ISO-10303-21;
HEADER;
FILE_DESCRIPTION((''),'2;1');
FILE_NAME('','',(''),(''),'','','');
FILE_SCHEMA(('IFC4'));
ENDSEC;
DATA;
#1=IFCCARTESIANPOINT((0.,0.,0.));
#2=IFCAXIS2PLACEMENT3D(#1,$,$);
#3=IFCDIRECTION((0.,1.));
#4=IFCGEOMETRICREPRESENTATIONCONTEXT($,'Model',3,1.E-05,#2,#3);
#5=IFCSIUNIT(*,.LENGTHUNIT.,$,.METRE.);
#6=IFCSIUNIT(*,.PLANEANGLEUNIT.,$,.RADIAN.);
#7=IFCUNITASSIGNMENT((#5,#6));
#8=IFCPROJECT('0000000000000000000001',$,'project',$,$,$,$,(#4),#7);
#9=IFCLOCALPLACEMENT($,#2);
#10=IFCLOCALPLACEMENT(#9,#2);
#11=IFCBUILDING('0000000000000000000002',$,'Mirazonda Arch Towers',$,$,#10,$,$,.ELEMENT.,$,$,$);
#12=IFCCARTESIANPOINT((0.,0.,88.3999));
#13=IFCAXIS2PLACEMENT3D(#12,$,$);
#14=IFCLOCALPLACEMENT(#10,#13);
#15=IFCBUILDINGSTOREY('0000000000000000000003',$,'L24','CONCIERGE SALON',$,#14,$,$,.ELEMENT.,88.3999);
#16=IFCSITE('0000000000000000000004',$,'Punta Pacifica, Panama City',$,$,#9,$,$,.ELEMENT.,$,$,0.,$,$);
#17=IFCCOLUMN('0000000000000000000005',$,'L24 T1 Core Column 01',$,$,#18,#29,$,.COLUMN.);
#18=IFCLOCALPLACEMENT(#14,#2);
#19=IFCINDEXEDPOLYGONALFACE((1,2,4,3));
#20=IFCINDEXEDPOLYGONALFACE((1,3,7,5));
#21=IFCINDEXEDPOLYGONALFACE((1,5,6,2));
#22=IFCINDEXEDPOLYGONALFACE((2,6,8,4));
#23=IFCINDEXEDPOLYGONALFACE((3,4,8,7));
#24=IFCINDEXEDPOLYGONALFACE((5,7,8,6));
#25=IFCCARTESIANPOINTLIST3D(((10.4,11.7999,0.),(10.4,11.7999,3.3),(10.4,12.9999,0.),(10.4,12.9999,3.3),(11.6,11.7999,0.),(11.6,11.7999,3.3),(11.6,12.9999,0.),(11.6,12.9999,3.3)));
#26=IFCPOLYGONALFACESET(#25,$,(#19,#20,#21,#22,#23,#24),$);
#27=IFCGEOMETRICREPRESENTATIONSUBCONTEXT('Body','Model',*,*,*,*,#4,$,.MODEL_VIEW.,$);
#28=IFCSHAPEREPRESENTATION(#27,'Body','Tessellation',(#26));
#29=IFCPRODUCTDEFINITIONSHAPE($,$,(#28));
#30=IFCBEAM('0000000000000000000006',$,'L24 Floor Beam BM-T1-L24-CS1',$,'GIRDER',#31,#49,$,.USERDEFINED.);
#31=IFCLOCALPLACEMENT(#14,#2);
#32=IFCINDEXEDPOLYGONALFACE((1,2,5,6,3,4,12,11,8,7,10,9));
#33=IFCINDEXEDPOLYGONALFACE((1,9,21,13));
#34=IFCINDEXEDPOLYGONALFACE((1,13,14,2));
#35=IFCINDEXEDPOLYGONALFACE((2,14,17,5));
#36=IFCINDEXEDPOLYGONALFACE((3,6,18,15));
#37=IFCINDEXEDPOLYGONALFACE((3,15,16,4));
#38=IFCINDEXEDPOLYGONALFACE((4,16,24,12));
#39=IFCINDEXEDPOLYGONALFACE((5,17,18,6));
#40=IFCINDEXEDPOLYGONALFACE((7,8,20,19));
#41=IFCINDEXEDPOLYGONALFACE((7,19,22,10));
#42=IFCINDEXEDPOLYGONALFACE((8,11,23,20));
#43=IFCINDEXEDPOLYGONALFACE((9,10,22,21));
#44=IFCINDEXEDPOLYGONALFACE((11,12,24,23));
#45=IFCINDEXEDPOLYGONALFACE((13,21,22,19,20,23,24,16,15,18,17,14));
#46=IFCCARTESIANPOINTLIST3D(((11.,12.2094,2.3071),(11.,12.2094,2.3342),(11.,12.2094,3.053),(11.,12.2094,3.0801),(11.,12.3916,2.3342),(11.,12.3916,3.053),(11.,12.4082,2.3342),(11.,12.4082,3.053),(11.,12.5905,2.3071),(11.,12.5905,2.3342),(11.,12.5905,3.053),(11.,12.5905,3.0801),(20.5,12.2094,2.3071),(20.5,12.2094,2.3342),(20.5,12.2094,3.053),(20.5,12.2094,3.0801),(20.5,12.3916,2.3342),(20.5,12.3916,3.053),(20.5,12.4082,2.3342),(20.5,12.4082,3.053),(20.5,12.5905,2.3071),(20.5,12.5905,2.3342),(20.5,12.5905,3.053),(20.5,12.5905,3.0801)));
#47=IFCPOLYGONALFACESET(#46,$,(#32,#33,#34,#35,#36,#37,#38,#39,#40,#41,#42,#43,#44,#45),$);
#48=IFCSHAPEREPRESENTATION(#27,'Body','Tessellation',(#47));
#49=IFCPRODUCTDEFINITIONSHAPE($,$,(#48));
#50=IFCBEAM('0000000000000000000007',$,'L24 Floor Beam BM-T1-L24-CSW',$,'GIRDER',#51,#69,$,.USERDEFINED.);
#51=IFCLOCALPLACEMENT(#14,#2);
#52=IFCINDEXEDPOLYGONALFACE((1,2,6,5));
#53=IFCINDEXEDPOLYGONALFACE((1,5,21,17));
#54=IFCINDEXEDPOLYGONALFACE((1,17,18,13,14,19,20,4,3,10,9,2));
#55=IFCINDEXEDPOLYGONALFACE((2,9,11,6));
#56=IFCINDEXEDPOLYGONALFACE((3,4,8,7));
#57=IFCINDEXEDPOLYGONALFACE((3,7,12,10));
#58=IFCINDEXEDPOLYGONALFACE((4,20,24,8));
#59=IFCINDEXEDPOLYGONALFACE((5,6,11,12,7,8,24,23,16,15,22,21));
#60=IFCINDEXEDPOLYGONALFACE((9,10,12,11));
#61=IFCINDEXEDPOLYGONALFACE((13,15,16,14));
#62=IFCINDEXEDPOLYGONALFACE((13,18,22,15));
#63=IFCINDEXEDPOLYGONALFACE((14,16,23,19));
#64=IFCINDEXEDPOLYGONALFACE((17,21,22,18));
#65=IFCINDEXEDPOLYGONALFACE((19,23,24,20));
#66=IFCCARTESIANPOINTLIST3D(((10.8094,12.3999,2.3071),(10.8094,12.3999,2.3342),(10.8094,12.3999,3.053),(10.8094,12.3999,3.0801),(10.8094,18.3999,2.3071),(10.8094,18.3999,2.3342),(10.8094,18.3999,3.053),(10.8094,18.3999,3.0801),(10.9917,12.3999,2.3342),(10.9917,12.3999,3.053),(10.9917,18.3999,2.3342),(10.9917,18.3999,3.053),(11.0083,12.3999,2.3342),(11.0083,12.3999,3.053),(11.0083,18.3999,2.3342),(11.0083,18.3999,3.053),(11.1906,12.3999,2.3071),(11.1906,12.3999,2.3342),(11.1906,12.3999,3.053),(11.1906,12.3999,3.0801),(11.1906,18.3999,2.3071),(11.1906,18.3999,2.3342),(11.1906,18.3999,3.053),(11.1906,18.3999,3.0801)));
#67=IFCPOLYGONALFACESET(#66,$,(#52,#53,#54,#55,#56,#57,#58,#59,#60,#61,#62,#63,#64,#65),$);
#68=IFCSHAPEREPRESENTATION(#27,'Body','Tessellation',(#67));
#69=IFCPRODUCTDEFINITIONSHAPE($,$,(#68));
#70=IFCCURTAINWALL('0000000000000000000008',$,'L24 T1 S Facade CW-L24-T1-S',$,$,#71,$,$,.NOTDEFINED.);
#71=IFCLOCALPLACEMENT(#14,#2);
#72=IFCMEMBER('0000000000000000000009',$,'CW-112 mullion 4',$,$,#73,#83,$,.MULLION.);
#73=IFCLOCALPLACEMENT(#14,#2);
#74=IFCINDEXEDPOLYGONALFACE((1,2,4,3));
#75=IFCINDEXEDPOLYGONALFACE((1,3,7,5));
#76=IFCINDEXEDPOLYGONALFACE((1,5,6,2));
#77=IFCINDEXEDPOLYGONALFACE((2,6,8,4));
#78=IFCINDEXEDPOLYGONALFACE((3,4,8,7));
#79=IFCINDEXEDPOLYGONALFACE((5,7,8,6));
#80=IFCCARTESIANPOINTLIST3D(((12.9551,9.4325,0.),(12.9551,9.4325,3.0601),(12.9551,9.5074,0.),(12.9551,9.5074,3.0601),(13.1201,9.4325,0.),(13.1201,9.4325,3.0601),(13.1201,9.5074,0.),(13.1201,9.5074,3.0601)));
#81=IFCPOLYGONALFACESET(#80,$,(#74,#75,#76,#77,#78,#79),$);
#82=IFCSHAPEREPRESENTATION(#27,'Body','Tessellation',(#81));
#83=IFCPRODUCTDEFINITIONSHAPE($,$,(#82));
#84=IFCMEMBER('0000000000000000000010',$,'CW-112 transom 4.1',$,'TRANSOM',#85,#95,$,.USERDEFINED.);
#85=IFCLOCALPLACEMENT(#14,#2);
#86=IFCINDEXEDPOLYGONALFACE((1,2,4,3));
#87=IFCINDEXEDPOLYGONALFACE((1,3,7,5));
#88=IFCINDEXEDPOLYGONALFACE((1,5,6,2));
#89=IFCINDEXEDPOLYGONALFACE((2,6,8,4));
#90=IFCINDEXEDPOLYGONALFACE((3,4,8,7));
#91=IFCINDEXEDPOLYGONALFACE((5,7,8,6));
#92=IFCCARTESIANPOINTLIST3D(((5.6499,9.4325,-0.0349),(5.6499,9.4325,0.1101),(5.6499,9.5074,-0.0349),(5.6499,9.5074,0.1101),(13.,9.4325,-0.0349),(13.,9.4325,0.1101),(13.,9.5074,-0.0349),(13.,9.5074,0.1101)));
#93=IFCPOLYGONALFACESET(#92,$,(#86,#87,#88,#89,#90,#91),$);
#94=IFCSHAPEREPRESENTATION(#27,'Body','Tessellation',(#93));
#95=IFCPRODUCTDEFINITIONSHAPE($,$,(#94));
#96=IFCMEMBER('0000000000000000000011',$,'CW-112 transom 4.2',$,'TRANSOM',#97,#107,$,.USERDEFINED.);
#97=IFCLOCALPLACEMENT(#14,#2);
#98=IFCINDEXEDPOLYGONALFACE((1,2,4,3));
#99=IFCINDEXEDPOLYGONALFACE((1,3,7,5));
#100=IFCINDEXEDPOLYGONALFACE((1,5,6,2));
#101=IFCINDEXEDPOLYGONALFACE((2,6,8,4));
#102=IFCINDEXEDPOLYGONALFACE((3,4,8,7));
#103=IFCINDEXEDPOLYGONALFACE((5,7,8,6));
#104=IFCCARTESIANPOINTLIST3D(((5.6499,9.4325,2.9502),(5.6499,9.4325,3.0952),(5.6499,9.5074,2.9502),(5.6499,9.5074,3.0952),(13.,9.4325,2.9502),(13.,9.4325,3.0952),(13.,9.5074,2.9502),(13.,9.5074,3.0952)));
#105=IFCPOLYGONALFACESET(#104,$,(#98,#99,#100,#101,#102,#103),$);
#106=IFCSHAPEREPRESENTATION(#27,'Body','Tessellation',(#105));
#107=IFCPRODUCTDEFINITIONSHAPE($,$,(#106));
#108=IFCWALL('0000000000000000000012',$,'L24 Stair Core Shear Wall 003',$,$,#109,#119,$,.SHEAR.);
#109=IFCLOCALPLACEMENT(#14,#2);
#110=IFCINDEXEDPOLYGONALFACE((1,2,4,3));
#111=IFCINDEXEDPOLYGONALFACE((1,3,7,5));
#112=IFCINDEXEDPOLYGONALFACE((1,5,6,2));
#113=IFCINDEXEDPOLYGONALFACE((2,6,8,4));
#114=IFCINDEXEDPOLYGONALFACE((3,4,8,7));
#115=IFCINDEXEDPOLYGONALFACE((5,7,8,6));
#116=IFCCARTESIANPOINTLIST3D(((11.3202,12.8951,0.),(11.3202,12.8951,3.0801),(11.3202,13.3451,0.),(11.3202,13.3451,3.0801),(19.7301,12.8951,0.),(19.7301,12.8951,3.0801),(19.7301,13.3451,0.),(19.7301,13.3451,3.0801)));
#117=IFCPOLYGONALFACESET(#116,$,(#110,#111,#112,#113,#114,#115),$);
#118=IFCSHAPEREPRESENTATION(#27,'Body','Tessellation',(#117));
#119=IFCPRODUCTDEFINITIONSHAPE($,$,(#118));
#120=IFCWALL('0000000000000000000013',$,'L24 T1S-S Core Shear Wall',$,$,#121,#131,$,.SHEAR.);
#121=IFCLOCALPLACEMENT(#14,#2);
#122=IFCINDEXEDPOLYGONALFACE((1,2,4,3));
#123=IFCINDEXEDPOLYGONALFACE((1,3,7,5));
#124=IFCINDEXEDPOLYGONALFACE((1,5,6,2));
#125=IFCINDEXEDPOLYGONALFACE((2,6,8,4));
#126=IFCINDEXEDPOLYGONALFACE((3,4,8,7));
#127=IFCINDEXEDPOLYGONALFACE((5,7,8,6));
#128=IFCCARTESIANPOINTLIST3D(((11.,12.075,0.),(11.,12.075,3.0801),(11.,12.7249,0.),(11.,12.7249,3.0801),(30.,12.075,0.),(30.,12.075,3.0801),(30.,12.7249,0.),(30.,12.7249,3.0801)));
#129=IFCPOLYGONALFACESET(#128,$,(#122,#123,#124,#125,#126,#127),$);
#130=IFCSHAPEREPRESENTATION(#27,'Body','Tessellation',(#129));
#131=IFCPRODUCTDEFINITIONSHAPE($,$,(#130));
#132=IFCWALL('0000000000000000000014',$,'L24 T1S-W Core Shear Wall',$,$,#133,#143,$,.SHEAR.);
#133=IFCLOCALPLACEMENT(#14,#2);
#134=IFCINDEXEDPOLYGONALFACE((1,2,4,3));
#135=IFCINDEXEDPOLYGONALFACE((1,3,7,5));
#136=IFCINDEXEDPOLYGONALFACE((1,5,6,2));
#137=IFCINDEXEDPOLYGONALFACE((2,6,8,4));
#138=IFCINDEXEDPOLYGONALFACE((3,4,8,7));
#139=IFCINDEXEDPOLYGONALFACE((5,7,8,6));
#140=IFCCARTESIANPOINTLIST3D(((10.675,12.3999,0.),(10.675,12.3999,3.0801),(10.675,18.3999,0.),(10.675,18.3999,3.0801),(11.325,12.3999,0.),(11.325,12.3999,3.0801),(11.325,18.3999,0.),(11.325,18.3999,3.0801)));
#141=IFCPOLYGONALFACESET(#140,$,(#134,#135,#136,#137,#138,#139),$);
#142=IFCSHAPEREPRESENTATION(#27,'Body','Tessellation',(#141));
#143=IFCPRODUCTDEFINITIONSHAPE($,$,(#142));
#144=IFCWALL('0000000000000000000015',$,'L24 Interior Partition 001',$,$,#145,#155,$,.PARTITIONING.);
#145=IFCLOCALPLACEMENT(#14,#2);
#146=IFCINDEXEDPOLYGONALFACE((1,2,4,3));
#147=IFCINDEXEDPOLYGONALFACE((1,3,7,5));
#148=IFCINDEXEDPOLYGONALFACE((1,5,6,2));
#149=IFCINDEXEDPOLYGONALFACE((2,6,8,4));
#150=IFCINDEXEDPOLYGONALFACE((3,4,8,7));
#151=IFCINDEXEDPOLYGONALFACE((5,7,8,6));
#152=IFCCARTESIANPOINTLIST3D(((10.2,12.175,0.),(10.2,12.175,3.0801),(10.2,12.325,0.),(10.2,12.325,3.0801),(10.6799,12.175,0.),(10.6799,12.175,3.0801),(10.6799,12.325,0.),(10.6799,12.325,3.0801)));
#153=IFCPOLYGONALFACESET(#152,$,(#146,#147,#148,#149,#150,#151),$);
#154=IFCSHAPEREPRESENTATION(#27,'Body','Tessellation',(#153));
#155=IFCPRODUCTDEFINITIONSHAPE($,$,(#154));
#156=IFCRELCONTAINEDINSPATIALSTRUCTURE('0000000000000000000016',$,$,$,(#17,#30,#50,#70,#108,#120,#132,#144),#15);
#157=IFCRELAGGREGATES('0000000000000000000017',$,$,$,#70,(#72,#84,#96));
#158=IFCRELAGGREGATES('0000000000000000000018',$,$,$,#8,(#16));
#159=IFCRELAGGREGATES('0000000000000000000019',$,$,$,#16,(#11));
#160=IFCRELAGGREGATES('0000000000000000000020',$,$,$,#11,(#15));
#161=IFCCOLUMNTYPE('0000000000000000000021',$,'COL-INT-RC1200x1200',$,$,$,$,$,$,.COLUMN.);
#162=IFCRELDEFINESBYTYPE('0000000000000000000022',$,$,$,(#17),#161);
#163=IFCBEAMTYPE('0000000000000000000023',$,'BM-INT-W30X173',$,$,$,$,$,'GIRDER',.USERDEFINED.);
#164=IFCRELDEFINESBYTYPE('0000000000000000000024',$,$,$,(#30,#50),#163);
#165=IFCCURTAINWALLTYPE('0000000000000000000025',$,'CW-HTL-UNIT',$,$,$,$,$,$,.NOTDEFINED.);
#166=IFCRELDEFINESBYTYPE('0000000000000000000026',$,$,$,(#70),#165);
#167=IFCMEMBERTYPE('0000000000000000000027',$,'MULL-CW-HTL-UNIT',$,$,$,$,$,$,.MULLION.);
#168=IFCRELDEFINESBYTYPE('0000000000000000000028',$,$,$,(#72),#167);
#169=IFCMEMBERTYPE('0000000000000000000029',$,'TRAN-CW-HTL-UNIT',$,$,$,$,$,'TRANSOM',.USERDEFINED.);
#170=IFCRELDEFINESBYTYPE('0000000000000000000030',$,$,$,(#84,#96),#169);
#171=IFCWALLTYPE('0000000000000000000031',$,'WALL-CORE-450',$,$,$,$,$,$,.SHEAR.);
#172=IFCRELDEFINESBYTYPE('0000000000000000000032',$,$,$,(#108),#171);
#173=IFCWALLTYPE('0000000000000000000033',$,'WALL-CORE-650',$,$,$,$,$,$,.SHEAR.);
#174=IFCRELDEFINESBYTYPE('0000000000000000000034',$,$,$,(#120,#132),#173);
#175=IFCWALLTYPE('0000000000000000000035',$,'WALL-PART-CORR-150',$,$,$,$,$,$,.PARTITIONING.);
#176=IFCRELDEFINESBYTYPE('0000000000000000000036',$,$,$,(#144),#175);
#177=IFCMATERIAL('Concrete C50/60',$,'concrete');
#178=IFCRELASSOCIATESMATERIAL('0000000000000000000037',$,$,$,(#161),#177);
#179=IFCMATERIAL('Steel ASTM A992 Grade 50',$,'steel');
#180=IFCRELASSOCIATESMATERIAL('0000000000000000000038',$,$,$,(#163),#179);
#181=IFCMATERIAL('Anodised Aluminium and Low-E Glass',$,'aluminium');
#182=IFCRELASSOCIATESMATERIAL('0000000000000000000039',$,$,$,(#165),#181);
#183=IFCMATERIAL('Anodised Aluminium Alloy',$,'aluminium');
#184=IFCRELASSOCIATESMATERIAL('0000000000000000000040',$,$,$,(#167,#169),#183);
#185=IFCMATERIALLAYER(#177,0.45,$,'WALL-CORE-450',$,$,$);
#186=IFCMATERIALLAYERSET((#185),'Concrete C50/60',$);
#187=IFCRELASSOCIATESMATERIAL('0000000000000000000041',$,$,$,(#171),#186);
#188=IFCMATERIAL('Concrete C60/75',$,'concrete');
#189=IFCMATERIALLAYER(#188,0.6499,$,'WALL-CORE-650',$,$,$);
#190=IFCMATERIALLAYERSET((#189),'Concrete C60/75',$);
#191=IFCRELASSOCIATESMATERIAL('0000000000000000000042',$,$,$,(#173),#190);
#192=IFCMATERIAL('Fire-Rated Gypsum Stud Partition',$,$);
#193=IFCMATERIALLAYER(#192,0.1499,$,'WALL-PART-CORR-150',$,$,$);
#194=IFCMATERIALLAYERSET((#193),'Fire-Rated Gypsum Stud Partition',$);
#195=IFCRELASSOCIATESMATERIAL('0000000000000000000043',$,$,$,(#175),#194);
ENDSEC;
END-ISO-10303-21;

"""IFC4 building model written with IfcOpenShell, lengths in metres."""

from ifc_helpers import new_model, si_unit, direction, frame, frame_2d, origin, origin_2d, place, context, subcontext, project, spatial, rectangle, i_section, extrude, material, layer, layer_set, material_profile, profile_set, type_object, element, aggregate, save


model = new_model("IFC4")

# Units and contexts
model_context = context("Model", 3, precision=1e-05, world=origin(), true_north=direction((0.0, 1.0)))
body_context = subcontext(model_context, "Body", "Model", "MODEL_VIEW")
ifc_project = project(units=[si_unit("LENGTHUNIT", "METRE"), si_unit("PLANEANGLEUNIT", "RADIAN")], contexts=[model_context])

# Site, building, storey
site_placement = place(None, origin())
site = spatial("IfcSite", under=ifc_project, at=site_placement, Name="Punta Pacifica, Panama City", CompositionType="ELEMENT", RefElevation=0.0)
building_placement = place(site_placement, origin())
building = spatial("IfcBuilding", under=site, at=building_placement, Name="Mirazonda Arch Towers", CompositionType="ELEMENT")
storey_placement = place(building_placement, frame((0.0, 0.0, 88.3999)))
storey = spatial("IfcBuildingStorey", under=building, at=storey_placement, Name="L24", Description="CONCIERGE SALON", CompositionType="ELEMENT", Elevation=88.3999)

# Column
ifc_material_1 = material(Name="Concrete C50/60", Category="concrete")
ifc_material_profile_1 = material_profile(ifc_material_1, rectangle(XDim=1.2, YDim=1.2, at=origin_2d()), Name="RC1200x1200")
ifc_profile_set_1 = profile_set([ifc_material_profile_1], Name="Concrete C50/60")
column_type = type_object("IfcColumnType", Name="COL-INT-RC1200x1200", PredefinedType="COLUMN", material=ifc_profile_set_1)
column_placement = place(storey_placement, frame((11.0, 12.3999, 0.0), z_axis=(0.0, 0.0, 1.0), x_axis=(1.0, 0.0, 0.0)))
element("IfcColumn", 1, at=column_placement, inside=storey, type_object=column_type, Name="L24 T1 Core Column 01", PredefinedType="COLUMN", context=body_context, shape_type="SweptSolid", body=[
    extrude(rectangle(XDim=1.2, YDim=1.2, at=origin_2d()), origin(), (0.0, 0.0, 1.0), 3.3),
])

# Beams
ifc_material_2 = material(Name="Steel ASTM A992 Grade 50", Category="steel")
ifc_material_profile_2 = material_profile(ifc_material_2, i_section(OverallWidth=0.3811, OverallDepth=0.7729, WebThickness=0.0166, FlangeThickness=0.0271, at=origin_2d()), Name="W30X173")
ifc_profile_set_2 = profile_set([ifc_material_profile_2], Name="Steel ASTM A992 Grade 50")
beam_type = type_object("IfcBeamType", Name="BM-INT-W30X173", ElementType="GIRDER", PredefinedType="USERDEFINED", material=ifc_profile_set_2)
beam_1_placement = place(storey_placement, frame((11.0, 12.3999, 2.6936), z_axis=(1.0, 0.0, 0.0), x_axis=(0.0, 1.0, 0.0)))
element("IfcBeam", 2, at=beam_1_placement, inside=storey, type_object=beam_type, Name="L24 Floor Beam BM-T1-L24-CS1", ObjectType="GIRDER", PredefinedType="USERDEFINED", context=body_context, shape_type="SweptSolid", body=[
    extrude(i_section(OverallWidth=0.3811, OverallDepth=0.7729, WebThickness=0.0166, FlangeThickness=0.0271, at=origin_2d()), origin(), (0.0, 0.0, 1.0), 9.5),
])
beam_2_placement = place(storey_placement, frame((11.0, 12.3999, 2.6936), z_axis=(0.0, 1.0, 0.0), x_axis=(-1.0, 0.0, 0.0)))
element("IfcBeam", 3, at=beam_2_placement, inside=storey, type_object=beam_type, Name="L24 Floor Beam BM-T1-L24-CSW", ObjectType="GIRDER", PredefinedType="USERDEFINED", context=body_context, shape_type="SweptSolid", body=[
    extrude(i_section(OverallWidth=0.3811, OverallDepth=0.7729, WebThickness=0.0166, FlangeThickness=0.0271, at=origin_2d()), origin(), (0.0, 0.0, 1.0), 6.0),
])

# Curtain wall, members
ifc_material_3 = material(Name="Anodised Aluminium and Low-E Glass", Category="aluminium")
curtain_wall_type = type_object("IfcCurtainWallType", Name="CW-HTL-UNIT", PredefinedType="NOTDEFINED", material=ifc_material_3)
curtain_wall_placement = place(storey_placement, origin())
curtain_wall = element("IfcCurtainWall", 4, at=curtain_wall_placement, inside=storey, type_object=curtain_wall_type, Name="L24 T1 S Facade CW-L24-T1-S", PredefinedType="NOTDEFINED")
ifc_material_4 = material(Name="Anodised Aluminium Alloy", Category="aluminium")
ifc_material_profile_3 = material_profile(ifc_material_4, rectangle(XDim=0.075, YDim=0.165, at=origin_2d()), Name="ALU-MULL-75x165")
ifc_profile_set_3 = profile_set([ifc_material_profile_3], Name="Anodised Aluminium Alloy")
member_type_1 = type_object("IfcMemberType", Name="MULL-CW-HTL-UNIT", PredefinedType="MULLION", material=ifc_profile_set_3)
member_1_placement = place(storey_placement, frame((13.0376, 9.47, 0.0), z_axis=(0.0, 0.0, 1.0), x_axis=(0.0, -1.0, 0.0)))
member_1 = element("IfcMember", 5, at=member_1_placement, type_object=member_type_1, Name="CW-112 mullion 4", PredefinedType="MULLION", context=body_context, shape_type="SweptSolid", body=[
    extrude(rectangle(XDim=0.075, YDim=0.165, at=origin_2d()), origin(), (0.0, 0.0, 1.0), 3.0601),
])
ifc_material_profile_4 = material_profile(ifc_material_4, rectangle(XDim=0.075, YDim=0.145, at=origin_2d()), Name="ALU-TRAN-75x145")
ifc_profile_set_4 = profile_set([ifc_material_profile_4], Name="Anodised Aluminium Alloy")
member_type_2 = type_object("IfcMemberType", Name="TRAN-CW-HTL-UNIT", ElementType="TRANSOM", PredefinedType="USERDEFINED", material=ifc_profile_set_4)
member_2_placement = place(storey_placement, frame((13.0, 9.47, 0.0376), z_axis=(-1.0, 0.0, 0.0), x_axis=(0.0, -1.0, 0.0)))
member_2 = element("IfcMember", 6, at=member_2_placement, type_object=member_type_2, Name="CW-112 transom 4.1", ObjectType="TRANSOM", PredefinedType="USERDEFINED", context=body_context, shape_type="SweptSolid", body=[
    extrude(rectangle(XDim=0.075, YDim=0.145, at=origin_2d()), origin(), (0.0, 0.0, 1.0), 7.3501),
])
member_3_placement = place(storey_placement, frame((13.0, 9.47, 3.0227), z_axis=(-1.0, 0.0, 0.0), x_axis=(0.0, -1.0, 0.0)))
member_3 = element("IfcMember", 7, at=member_3_placement, type_object=member_type_2, Name="CW-112 transom 4.2", ObjectType="TRANSOM", PredefinedType="USERDEFINED", context=body_context, shape_type="SweptSolid", body=[
    extrude(rectangle(XDim=0.075, YDim=0.145, at=origin_2d()), origin(), (0.0, 0.0, 1.0), 7.3501),
])
aggregate(curtain_wall, [member_1, member_2, member_3])

# Walls
ifc_layer_1 = layer(ifc_material_1, 0.45, Name="WALL-CORE-450")
ifc_layer_set_1 = layer_set([ifc_layer_1], Name="Concrete C50/60")
wall_type_1 = type_object("IfcWallType", Name="WALL-CORE-450", PredefinedType="SHEAR", material=ifc_layer_set_1)
wall_1_placement = place(storey_placement, frame((11.3201, 13.1201, 0.0), z_axis=(0.0, 0.0, 1.0), x_axis=(1.0, 0.0, 0.0)))
element("IfcWall", 8, at=wall_1_placement, inside=storey, type_object=wall_type_1, Name="L24 Stair Core Shear Wall 003", PredefinedType="SHEAR", context=body_context, shape_type="SweptSolid", body=[
    extrude(rectangle(XDim=8.4099, YDim=0.45, at=frame_2d((4.2051, 0.0))), origin(), (0.0, 0.0, 1.0), 3.0801),
])
ifc_material_5 = material(Name="Concrete C60/75", Category="concrete")
ifc_layer_2 = layer(ifc_material_5, 0.6499, Name="WALL-CORE-650")
ifc_layer_set_2 = layer_set([ifc_layer_2], Name="Concrete C60/75")
wall_type_2 = type_object("IfcWallType", Name="WALL-CORE-650", PredefinedType="SHEAR", material=ifc_layer_set_2)
wall_2_placement = place(storey_placement, frame((11.0, 12.3999, 0.0), z_axis=(0.0, 0.0, 1.0), x_axis=(1.0, 0.0, 0.0)))
element("IfcWall", 9, at=wall_2_placement, inside=storey, type_object=wall_type_2, Name="L24 T1S-S Core Shear Wall", PredefinedType="SHEAR", context=body_context, shape_type="SweptSolid", body=[
    extrude(rectangle(XDim=19.0, YDim=0.6499, at=frame_2d((9.5, 0.0))), origin(), (0.0, 0.0, 1.0), 3.0801),
])
wall_3_placement = place(storey_placement, frame((11.0, 12.3999, 0.0), z_axis=(0.0, 0.0, 1.0), x_axis=(0.0, 1.0, 0.0)))
element("IfcWall", 10, at=wall_3_placement, inside=storey, type_object=wall_type_2, Name="L24 T1S-W Core Shear Wall", PredefinedType="SHEAR", context=body_context, shape_type="SweptSolid", body=[
    extrude(rectangle(XDim=6.0, YDim=0.6499, at=frame_2d((3.0, 0.0))), origin(), (0.0, 0.0, 1.0), 3.0801),
])
ifc_material_6 = material(Name="Fire-Rated Gypsum Stud Partition")
ifc_layer_3 = layer(ifc_material_6, 0.1499, Name="WALL-PART-CORR-150")
ifc_layer_set_3 = layer_set([ifc_layer_3], Name="Fire-Rated Gypsum Stud Partition")
wall_type_3 = type_object("IfcWallType", Name="WALL-PART-CORR-150", PredefinedType="PARTITIONING", material=ifc_layer_set_3)
wall_4_placement = place(storey_placement, frame((10.2, 12.25, 0.0), z_axis=(0.0, 0.0, 1.0), x_axis=(1.0, 0.0, 0.0)))
element("IfcWall", 11, at=wall_4_placement, inside=storey, type_object=wall_type_3, Name="L24 Interior Partition 001", PredefinedType="PARTITIONING", context=body_context, shape_type="SweptSolid", body=[
    extrude(rectangle(XDim=0.48, YDim=0.1499, at=frame_2d((0.24, 0.0))), origin(), (0.0, 0.0, 1.0), 3.0801),
])

save(model, "model.ifc")
